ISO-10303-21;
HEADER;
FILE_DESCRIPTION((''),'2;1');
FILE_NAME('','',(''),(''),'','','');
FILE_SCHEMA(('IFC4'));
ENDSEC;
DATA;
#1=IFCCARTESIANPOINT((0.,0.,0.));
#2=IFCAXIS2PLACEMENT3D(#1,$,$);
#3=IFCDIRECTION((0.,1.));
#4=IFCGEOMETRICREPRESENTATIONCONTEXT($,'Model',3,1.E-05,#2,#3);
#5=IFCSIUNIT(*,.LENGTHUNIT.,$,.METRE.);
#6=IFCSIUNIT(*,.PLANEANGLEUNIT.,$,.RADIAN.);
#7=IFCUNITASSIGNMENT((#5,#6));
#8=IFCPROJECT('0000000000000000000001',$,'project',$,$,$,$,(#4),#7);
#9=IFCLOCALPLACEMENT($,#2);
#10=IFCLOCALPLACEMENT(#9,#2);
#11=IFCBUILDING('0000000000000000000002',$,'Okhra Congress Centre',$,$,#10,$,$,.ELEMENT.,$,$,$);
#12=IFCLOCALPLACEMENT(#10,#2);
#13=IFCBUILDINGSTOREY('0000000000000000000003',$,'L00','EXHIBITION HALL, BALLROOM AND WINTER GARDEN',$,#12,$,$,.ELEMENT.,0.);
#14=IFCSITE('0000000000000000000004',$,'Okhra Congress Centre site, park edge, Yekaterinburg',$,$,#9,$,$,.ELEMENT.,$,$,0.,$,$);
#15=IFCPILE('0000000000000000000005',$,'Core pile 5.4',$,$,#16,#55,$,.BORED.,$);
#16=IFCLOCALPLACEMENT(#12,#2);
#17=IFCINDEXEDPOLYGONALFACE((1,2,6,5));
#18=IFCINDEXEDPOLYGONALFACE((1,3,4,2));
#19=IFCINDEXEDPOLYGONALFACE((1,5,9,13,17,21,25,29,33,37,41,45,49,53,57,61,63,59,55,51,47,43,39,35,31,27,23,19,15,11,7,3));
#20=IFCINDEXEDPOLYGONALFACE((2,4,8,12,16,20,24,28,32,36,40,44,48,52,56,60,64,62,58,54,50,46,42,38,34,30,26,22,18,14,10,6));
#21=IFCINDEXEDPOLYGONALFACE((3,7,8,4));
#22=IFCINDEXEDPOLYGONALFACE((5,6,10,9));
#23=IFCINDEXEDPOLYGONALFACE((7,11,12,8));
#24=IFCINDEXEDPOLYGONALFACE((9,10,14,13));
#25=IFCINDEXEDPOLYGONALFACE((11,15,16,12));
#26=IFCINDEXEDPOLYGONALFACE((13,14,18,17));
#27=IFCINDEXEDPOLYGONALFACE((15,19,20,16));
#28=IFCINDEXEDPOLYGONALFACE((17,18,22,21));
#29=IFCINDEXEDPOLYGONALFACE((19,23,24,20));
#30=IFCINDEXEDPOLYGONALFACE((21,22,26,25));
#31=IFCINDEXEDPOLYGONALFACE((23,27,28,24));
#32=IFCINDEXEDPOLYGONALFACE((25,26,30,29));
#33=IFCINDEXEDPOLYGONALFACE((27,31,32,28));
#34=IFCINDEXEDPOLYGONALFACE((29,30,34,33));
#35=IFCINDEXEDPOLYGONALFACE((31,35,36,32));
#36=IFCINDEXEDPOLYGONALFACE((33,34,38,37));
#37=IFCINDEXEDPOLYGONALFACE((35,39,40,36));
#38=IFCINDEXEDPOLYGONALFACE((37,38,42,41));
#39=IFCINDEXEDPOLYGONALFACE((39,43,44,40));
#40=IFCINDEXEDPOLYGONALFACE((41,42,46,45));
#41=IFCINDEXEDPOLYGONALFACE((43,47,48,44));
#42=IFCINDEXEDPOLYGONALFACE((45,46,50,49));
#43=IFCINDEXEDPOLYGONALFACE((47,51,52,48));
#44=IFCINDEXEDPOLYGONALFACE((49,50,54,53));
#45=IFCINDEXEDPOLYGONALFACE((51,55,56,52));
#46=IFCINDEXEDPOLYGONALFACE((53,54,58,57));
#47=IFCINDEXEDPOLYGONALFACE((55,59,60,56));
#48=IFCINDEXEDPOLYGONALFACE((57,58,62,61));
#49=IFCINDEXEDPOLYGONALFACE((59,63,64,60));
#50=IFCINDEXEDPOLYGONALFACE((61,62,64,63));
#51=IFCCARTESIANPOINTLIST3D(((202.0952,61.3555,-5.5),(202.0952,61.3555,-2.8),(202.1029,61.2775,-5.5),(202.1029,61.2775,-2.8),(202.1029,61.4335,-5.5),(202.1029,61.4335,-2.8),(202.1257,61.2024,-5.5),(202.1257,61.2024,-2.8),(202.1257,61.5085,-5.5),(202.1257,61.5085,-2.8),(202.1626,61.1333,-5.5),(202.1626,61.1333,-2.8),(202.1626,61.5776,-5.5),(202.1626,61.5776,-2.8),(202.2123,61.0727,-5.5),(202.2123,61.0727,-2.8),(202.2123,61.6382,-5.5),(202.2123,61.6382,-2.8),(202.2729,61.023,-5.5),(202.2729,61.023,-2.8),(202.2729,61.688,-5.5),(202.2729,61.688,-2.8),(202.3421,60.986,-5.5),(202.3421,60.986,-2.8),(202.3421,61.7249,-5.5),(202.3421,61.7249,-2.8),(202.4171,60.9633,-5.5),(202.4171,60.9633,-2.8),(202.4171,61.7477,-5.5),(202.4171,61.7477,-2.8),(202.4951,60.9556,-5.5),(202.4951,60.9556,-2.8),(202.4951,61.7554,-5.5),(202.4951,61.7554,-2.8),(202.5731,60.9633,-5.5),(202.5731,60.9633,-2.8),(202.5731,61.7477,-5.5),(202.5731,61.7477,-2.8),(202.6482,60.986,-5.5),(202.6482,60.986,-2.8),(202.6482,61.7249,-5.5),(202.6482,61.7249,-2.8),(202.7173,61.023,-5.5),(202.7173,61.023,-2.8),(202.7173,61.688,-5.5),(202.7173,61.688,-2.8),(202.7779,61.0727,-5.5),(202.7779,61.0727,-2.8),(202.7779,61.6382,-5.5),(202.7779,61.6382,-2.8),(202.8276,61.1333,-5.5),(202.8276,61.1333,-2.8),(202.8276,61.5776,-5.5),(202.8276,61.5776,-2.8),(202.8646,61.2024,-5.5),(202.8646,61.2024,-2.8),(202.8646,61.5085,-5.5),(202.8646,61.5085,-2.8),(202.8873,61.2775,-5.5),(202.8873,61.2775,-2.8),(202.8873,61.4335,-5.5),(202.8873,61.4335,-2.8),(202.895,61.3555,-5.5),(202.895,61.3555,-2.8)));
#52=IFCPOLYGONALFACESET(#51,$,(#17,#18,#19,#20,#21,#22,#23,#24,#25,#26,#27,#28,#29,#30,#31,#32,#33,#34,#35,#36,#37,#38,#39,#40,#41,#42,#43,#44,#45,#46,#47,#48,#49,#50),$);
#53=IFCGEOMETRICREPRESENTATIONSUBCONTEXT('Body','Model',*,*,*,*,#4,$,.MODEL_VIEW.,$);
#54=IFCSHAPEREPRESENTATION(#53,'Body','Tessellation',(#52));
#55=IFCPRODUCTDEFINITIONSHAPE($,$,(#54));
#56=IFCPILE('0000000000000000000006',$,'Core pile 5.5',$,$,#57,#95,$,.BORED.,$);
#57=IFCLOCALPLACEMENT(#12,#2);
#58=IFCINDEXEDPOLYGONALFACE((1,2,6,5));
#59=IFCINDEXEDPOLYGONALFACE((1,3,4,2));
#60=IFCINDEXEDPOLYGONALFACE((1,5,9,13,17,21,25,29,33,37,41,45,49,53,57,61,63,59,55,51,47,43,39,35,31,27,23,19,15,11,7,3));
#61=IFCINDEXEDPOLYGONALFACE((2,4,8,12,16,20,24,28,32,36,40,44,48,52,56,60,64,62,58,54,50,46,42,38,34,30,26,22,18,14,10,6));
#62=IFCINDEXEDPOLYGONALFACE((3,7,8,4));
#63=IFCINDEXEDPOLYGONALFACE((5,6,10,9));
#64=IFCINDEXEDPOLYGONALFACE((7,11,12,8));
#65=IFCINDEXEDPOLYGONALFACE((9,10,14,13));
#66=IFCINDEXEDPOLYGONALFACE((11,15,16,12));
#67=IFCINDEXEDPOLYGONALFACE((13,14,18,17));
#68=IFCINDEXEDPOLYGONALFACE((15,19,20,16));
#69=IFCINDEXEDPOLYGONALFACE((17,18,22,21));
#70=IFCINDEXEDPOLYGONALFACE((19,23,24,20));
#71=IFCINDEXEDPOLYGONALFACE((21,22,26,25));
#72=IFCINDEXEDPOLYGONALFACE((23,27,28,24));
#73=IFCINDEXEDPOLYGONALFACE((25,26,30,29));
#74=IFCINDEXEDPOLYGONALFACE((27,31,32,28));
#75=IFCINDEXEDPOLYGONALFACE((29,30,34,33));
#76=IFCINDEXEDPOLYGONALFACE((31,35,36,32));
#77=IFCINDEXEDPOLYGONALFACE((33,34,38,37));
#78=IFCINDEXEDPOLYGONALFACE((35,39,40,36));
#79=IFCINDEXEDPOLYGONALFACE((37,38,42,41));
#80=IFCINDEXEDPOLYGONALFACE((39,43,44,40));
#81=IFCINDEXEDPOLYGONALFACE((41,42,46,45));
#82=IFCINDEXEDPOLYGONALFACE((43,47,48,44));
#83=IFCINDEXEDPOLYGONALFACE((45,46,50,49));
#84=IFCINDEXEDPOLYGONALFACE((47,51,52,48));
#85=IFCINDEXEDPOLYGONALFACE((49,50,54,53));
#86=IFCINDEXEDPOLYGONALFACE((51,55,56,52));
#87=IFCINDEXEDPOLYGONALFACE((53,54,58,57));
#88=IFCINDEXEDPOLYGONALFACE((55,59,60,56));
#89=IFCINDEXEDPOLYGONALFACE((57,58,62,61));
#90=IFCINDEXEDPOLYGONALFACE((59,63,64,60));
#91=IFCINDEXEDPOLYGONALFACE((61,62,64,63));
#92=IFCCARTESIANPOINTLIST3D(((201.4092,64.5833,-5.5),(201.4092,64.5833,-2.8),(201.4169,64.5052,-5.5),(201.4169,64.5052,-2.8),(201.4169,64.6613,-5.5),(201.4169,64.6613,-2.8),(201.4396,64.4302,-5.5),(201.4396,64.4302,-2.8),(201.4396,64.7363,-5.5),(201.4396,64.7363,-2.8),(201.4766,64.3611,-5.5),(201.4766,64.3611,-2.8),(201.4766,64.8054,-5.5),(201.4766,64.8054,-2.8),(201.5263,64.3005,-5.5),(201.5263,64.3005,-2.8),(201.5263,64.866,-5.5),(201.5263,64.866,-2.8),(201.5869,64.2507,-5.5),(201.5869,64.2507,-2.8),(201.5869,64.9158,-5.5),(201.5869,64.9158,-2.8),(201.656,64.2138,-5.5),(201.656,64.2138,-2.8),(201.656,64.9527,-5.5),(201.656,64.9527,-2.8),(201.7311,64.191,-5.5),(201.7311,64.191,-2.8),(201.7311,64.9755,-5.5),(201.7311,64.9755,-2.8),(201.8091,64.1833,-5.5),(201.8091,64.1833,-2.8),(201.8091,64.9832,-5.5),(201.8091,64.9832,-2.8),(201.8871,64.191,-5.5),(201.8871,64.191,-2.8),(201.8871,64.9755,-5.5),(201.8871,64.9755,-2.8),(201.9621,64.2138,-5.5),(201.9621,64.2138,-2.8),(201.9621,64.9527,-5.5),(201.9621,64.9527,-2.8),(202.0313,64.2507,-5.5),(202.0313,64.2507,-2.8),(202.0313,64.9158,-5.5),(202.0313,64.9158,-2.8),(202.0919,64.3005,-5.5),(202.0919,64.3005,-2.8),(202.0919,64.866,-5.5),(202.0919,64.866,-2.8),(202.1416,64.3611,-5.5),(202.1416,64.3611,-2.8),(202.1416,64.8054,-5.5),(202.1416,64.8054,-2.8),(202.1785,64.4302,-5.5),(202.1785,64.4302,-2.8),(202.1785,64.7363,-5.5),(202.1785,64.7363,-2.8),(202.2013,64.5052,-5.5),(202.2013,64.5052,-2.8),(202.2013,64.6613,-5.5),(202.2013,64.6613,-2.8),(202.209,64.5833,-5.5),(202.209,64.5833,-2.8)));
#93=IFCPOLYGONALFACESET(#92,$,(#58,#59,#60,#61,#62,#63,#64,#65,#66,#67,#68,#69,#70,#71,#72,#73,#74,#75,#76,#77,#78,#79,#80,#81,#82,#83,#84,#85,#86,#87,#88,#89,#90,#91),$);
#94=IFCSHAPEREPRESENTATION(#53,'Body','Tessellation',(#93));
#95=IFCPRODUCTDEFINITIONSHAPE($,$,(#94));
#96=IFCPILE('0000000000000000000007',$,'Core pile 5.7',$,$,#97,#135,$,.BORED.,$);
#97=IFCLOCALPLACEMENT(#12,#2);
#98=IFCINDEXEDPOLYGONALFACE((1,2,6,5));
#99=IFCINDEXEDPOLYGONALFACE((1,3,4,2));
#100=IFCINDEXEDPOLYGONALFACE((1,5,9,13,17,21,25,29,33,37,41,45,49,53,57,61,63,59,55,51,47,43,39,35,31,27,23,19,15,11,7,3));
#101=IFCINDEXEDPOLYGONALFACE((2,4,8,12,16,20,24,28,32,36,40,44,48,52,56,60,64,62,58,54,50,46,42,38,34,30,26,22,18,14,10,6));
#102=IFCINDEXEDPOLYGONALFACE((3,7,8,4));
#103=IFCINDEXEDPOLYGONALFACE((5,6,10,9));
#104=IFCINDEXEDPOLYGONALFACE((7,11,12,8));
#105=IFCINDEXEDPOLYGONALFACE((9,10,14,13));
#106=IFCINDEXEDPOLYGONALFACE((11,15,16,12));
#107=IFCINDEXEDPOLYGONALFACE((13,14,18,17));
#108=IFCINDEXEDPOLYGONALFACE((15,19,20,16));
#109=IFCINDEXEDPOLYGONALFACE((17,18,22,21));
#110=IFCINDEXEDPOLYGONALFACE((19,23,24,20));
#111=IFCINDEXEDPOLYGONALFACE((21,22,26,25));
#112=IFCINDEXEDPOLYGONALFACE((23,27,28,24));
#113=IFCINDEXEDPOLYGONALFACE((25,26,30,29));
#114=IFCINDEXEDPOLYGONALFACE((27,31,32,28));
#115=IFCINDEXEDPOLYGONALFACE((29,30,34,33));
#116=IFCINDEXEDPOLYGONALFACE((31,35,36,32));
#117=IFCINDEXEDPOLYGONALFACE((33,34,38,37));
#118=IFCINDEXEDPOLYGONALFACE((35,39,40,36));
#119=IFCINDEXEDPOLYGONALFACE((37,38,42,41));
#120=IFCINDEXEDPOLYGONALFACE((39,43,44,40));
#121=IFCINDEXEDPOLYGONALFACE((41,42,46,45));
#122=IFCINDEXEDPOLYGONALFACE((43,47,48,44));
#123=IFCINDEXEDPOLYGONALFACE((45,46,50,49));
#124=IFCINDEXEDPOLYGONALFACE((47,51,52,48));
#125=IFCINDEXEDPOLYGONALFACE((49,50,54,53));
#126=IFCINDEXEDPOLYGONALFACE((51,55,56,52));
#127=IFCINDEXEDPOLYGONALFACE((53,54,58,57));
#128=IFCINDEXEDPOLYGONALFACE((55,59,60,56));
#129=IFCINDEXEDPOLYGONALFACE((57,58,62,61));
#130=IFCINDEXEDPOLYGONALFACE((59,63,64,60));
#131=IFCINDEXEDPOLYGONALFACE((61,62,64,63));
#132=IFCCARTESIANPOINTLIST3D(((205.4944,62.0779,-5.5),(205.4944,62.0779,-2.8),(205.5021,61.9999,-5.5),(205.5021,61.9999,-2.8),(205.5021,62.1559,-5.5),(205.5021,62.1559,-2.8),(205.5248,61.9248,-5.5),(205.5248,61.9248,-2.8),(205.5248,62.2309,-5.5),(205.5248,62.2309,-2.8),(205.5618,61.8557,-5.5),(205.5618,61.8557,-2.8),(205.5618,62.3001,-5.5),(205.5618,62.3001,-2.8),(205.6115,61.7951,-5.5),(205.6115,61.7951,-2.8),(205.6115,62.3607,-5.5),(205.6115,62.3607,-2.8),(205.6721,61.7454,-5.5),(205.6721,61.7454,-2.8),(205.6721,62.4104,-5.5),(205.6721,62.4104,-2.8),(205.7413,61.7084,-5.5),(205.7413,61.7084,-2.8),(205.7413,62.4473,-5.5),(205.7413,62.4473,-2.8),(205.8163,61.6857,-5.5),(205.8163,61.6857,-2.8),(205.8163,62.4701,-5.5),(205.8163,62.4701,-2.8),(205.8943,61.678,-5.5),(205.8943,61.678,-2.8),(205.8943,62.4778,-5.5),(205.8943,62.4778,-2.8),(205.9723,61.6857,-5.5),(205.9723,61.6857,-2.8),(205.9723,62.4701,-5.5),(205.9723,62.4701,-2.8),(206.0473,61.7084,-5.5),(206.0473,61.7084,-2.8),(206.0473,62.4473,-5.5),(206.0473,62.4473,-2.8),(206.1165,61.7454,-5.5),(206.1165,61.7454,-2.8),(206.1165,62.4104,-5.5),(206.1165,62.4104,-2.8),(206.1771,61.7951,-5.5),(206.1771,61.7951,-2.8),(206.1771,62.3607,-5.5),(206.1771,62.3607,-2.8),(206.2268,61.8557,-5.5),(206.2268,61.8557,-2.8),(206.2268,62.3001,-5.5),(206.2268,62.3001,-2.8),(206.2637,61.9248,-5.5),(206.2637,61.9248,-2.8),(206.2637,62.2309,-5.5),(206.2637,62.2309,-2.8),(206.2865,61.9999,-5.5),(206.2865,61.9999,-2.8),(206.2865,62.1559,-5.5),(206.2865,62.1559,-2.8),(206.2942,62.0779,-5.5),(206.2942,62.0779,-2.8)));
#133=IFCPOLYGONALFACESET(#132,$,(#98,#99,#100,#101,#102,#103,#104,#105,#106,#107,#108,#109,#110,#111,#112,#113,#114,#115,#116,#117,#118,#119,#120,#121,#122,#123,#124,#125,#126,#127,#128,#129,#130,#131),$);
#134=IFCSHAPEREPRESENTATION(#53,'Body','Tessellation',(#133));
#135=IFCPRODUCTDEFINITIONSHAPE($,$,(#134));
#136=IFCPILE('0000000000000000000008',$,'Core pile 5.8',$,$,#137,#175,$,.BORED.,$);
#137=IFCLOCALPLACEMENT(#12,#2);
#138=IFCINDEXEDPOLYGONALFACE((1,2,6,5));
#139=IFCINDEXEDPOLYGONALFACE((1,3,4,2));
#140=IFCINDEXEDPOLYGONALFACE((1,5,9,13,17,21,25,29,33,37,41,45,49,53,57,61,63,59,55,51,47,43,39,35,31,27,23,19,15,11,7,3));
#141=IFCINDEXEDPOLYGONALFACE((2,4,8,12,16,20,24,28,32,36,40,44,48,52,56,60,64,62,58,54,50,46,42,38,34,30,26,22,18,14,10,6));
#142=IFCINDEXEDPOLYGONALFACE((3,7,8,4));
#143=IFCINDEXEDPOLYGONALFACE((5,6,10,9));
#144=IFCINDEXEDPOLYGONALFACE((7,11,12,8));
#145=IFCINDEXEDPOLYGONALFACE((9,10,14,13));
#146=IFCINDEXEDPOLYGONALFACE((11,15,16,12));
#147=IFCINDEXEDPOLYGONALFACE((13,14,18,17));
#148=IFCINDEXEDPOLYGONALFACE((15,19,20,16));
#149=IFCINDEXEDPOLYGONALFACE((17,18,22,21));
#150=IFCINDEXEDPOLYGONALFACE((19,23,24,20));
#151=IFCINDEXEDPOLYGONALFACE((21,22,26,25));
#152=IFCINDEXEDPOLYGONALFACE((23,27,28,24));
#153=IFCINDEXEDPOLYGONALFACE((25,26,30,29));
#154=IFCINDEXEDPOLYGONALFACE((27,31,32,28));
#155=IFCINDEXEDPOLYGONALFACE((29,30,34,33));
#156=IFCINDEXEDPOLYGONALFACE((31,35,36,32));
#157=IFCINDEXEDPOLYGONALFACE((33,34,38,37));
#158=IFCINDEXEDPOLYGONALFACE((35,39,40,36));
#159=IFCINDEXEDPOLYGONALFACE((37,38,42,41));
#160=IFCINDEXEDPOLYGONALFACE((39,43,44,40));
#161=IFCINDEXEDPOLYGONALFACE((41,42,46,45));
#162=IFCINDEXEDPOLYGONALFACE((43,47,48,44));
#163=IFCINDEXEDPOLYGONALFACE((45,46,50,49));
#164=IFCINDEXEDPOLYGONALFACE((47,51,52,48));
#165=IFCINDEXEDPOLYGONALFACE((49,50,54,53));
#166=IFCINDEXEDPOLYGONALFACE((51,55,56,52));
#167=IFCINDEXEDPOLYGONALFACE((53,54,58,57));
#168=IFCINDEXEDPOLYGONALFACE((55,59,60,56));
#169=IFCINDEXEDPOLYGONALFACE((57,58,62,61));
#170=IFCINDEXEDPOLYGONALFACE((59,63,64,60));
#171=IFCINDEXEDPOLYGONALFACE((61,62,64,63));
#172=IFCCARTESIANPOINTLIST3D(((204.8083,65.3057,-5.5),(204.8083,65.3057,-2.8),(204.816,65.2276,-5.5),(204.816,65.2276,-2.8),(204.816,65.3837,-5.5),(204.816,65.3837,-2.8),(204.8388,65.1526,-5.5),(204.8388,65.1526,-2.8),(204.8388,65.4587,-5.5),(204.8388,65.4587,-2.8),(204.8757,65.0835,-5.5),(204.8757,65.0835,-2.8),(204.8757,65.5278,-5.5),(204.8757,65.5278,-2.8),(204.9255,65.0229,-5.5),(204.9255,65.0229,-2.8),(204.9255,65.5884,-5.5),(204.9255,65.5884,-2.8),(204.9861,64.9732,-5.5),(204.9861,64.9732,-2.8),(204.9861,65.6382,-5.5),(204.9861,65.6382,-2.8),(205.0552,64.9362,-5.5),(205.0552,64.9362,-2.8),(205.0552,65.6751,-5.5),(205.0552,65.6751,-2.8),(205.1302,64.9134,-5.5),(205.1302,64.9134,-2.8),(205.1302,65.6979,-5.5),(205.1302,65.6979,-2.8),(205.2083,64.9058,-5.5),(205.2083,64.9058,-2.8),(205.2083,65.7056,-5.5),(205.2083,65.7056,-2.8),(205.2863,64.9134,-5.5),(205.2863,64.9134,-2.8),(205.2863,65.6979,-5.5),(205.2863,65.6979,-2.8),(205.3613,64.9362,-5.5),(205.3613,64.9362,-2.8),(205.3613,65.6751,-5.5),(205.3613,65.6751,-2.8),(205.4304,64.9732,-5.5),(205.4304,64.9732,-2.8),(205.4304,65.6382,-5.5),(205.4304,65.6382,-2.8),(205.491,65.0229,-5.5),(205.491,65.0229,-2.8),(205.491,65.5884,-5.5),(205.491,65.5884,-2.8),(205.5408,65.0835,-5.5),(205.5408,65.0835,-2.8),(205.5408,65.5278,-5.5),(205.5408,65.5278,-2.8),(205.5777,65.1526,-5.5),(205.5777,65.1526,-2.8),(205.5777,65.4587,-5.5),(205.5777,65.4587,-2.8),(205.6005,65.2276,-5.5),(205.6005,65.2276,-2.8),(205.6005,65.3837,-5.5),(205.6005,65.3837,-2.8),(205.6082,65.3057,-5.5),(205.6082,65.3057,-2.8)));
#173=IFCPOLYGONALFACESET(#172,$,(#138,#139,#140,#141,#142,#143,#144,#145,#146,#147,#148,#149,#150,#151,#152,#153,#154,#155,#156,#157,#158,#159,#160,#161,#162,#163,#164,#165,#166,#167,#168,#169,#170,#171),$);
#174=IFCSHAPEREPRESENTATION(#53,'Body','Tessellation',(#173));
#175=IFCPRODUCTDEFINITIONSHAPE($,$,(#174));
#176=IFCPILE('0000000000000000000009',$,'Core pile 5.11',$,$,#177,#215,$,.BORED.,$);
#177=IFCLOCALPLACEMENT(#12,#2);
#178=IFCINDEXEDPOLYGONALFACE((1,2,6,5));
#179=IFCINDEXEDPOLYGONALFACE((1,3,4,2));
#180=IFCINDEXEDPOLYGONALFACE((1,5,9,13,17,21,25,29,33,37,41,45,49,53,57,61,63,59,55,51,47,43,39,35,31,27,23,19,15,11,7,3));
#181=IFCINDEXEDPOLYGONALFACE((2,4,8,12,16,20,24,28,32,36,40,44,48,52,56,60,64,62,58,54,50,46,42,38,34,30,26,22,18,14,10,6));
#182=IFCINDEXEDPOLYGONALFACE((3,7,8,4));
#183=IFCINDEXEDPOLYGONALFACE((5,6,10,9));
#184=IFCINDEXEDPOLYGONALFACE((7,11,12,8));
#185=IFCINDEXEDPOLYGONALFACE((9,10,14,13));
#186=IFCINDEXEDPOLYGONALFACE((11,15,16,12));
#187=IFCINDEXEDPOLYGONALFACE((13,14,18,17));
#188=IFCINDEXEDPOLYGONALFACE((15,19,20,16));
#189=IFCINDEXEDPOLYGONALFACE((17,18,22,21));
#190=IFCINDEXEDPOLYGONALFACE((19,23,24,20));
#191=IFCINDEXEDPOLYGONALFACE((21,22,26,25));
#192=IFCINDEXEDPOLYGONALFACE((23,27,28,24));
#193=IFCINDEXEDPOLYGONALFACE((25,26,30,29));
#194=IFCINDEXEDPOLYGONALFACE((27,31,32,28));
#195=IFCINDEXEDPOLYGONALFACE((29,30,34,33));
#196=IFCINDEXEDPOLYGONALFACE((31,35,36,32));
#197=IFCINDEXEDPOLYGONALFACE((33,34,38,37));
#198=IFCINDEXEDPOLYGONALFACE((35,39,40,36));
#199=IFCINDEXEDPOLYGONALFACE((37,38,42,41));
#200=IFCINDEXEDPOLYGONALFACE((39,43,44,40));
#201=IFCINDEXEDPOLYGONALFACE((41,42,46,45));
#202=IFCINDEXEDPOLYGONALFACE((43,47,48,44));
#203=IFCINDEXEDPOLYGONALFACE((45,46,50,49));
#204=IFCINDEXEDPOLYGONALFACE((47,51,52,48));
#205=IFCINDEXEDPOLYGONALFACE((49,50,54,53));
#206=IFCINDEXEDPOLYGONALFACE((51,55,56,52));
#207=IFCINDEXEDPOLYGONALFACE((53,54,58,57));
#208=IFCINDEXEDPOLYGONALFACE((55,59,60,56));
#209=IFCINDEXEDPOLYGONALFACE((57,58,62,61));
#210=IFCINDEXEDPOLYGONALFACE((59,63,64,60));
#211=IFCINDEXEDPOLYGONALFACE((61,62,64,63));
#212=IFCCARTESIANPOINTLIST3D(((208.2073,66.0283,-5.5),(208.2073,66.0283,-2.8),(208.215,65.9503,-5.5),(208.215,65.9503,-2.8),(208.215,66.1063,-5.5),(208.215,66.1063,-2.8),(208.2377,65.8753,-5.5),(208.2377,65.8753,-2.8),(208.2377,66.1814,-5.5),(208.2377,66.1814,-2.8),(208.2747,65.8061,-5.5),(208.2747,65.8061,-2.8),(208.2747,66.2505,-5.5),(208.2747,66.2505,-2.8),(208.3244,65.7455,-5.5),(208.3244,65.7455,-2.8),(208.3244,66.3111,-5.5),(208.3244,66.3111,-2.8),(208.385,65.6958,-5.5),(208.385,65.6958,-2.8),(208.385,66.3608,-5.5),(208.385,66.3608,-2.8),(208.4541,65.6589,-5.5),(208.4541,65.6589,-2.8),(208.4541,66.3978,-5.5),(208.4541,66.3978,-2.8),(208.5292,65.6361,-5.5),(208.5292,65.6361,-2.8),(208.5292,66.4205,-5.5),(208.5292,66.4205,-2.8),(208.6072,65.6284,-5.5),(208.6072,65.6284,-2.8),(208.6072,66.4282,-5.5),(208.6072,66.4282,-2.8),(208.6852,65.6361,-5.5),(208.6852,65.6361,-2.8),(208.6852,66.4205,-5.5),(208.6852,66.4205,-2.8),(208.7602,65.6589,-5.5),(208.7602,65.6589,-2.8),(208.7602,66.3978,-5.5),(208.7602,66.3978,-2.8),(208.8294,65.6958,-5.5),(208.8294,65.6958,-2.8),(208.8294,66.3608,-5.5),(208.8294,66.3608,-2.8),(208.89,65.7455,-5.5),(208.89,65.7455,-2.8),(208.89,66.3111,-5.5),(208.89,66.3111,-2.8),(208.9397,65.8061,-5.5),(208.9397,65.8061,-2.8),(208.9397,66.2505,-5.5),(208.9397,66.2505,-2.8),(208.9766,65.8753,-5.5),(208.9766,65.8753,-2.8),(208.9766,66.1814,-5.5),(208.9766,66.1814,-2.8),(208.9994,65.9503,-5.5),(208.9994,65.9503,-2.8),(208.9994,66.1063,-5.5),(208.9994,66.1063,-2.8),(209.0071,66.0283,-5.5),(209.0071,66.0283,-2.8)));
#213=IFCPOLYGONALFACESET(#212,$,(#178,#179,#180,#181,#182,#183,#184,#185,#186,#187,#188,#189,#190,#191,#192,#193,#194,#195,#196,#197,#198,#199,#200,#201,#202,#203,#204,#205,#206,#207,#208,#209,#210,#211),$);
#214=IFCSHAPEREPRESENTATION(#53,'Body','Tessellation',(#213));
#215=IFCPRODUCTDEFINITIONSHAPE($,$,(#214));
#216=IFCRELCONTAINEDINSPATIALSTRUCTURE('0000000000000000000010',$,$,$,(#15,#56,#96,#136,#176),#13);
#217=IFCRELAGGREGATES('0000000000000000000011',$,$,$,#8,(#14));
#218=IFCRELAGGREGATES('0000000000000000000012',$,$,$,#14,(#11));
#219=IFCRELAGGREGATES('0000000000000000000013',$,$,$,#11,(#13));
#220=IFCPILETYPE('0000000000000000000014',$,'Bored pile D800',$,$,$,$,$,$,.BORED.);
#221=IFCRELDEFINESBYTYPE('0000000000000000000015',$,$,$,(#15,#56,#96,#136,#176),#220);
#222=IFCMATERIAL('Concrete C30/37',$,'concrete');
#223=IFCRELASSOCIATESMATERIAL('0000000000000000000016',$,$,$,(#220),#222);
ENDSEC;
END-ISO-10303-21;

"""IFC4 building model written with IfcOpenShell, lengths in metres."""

from ifc_helpers import new_model, si_unit, direction, frame, origin, origin_2d, place, context, subcontext, project, spatial, circle, extrude, material, material_profile, profile_set, type_object, element, save


model = new_model("IFC4")

# Units and contexts
model_context = context("Model", 3, precision=1e-05, world=origin(), true_north=direction((0.0, 1.0)))
body_context = subcontext(model_context, "Body", "Model", "MODEL_VIEW")
ifc_project = project(units=[si_unit("LENGTHUNIT", "METRE"), si_unit("PLANEANGLEUNIT", "RADIAN")], contexts=[model_context])

# Site, building, storey
site_placement = place(None, origin())
site = spatial("IfcSite", under=ifc_project, at=site_placement, Name="Okhra Congress Centre site, park edge, Yekaterinburg", CompositionType="ELEMENT", RefElevation=0.0)
building_placement = place(site_placement, origin())
building = spatial("IfcBuilding", under=site, at=building_placement, Name="Okhra Congress Centre", CompositionType="ELEMENT")
storey_placement = place(building_placement, origin())
storey = spatial("IfcBuildingStorey", under=building, at=storey_placement, Name="L00", Description="EXHIBITION HALL, BALLROOM AND WINTER GARDEN", CompositionType="ELEMENT", Elevation=0.0)

# Piles
ifc_material_1 = material(Name="Concrete C30/37", Category="concrete")
ifc_material_profile_1 = material_profile(ifc_material_1, circle(Radius=0.3999, at=origin_2d()), Name="D800")
ifc_profile_set_1 = profile_set([ifc_material_profile_1], Name="Concrete C30/37")
pile_type = type_object("IfcPileType", Name="Bored pile D800", PredefinedType="BORED", material=ifc_profile_set_1)
for number, where, z_axis, x_axis, name in (
    (1, (202.4951, 61.3555, -2.8), (0.0, 0.0, -1.0), (1.0, 0.0, 0.0), "Core pile 5.4"),
    (2, (201.8091, 64.5833, -2.8), (0.0, 0.0, -1.0), (1.0, 0.0, 0.0), "Core pile 5.5"),
    (3, (205.8943, 62.0779, -2.8), (0.0, 0.0, -1.0), (1.0, 0.0, 0.0), "Core pile 5.7"),
    (4, (205.2083, 65.3057, -2.8), (0.0, 0.0, -1.0), (1.0, 0.0, 0.0), "Core pile 5.8"),
    (5, (208.6072, 66.0283, -2.8), (0.0, 0.0, -1.0), (1.0, 0.0, 0.0), "Core pile 5.11"),
):
    element("IfcPile", number, at=place(storey_placement, frame(where, z_axis=z_axis, x_axis=x_axis)), inside=storey, type_object=pile_type, Name=name, PredefinedType="BORED", context=body_context, shape_type="SweptSolid", body=[
        extrude(circle(Radius=0.3999, at=origin_2d()), origin(), (0.0, 0.0, 1.0), 2.7),
    ])

save(model, "model.ifc")
